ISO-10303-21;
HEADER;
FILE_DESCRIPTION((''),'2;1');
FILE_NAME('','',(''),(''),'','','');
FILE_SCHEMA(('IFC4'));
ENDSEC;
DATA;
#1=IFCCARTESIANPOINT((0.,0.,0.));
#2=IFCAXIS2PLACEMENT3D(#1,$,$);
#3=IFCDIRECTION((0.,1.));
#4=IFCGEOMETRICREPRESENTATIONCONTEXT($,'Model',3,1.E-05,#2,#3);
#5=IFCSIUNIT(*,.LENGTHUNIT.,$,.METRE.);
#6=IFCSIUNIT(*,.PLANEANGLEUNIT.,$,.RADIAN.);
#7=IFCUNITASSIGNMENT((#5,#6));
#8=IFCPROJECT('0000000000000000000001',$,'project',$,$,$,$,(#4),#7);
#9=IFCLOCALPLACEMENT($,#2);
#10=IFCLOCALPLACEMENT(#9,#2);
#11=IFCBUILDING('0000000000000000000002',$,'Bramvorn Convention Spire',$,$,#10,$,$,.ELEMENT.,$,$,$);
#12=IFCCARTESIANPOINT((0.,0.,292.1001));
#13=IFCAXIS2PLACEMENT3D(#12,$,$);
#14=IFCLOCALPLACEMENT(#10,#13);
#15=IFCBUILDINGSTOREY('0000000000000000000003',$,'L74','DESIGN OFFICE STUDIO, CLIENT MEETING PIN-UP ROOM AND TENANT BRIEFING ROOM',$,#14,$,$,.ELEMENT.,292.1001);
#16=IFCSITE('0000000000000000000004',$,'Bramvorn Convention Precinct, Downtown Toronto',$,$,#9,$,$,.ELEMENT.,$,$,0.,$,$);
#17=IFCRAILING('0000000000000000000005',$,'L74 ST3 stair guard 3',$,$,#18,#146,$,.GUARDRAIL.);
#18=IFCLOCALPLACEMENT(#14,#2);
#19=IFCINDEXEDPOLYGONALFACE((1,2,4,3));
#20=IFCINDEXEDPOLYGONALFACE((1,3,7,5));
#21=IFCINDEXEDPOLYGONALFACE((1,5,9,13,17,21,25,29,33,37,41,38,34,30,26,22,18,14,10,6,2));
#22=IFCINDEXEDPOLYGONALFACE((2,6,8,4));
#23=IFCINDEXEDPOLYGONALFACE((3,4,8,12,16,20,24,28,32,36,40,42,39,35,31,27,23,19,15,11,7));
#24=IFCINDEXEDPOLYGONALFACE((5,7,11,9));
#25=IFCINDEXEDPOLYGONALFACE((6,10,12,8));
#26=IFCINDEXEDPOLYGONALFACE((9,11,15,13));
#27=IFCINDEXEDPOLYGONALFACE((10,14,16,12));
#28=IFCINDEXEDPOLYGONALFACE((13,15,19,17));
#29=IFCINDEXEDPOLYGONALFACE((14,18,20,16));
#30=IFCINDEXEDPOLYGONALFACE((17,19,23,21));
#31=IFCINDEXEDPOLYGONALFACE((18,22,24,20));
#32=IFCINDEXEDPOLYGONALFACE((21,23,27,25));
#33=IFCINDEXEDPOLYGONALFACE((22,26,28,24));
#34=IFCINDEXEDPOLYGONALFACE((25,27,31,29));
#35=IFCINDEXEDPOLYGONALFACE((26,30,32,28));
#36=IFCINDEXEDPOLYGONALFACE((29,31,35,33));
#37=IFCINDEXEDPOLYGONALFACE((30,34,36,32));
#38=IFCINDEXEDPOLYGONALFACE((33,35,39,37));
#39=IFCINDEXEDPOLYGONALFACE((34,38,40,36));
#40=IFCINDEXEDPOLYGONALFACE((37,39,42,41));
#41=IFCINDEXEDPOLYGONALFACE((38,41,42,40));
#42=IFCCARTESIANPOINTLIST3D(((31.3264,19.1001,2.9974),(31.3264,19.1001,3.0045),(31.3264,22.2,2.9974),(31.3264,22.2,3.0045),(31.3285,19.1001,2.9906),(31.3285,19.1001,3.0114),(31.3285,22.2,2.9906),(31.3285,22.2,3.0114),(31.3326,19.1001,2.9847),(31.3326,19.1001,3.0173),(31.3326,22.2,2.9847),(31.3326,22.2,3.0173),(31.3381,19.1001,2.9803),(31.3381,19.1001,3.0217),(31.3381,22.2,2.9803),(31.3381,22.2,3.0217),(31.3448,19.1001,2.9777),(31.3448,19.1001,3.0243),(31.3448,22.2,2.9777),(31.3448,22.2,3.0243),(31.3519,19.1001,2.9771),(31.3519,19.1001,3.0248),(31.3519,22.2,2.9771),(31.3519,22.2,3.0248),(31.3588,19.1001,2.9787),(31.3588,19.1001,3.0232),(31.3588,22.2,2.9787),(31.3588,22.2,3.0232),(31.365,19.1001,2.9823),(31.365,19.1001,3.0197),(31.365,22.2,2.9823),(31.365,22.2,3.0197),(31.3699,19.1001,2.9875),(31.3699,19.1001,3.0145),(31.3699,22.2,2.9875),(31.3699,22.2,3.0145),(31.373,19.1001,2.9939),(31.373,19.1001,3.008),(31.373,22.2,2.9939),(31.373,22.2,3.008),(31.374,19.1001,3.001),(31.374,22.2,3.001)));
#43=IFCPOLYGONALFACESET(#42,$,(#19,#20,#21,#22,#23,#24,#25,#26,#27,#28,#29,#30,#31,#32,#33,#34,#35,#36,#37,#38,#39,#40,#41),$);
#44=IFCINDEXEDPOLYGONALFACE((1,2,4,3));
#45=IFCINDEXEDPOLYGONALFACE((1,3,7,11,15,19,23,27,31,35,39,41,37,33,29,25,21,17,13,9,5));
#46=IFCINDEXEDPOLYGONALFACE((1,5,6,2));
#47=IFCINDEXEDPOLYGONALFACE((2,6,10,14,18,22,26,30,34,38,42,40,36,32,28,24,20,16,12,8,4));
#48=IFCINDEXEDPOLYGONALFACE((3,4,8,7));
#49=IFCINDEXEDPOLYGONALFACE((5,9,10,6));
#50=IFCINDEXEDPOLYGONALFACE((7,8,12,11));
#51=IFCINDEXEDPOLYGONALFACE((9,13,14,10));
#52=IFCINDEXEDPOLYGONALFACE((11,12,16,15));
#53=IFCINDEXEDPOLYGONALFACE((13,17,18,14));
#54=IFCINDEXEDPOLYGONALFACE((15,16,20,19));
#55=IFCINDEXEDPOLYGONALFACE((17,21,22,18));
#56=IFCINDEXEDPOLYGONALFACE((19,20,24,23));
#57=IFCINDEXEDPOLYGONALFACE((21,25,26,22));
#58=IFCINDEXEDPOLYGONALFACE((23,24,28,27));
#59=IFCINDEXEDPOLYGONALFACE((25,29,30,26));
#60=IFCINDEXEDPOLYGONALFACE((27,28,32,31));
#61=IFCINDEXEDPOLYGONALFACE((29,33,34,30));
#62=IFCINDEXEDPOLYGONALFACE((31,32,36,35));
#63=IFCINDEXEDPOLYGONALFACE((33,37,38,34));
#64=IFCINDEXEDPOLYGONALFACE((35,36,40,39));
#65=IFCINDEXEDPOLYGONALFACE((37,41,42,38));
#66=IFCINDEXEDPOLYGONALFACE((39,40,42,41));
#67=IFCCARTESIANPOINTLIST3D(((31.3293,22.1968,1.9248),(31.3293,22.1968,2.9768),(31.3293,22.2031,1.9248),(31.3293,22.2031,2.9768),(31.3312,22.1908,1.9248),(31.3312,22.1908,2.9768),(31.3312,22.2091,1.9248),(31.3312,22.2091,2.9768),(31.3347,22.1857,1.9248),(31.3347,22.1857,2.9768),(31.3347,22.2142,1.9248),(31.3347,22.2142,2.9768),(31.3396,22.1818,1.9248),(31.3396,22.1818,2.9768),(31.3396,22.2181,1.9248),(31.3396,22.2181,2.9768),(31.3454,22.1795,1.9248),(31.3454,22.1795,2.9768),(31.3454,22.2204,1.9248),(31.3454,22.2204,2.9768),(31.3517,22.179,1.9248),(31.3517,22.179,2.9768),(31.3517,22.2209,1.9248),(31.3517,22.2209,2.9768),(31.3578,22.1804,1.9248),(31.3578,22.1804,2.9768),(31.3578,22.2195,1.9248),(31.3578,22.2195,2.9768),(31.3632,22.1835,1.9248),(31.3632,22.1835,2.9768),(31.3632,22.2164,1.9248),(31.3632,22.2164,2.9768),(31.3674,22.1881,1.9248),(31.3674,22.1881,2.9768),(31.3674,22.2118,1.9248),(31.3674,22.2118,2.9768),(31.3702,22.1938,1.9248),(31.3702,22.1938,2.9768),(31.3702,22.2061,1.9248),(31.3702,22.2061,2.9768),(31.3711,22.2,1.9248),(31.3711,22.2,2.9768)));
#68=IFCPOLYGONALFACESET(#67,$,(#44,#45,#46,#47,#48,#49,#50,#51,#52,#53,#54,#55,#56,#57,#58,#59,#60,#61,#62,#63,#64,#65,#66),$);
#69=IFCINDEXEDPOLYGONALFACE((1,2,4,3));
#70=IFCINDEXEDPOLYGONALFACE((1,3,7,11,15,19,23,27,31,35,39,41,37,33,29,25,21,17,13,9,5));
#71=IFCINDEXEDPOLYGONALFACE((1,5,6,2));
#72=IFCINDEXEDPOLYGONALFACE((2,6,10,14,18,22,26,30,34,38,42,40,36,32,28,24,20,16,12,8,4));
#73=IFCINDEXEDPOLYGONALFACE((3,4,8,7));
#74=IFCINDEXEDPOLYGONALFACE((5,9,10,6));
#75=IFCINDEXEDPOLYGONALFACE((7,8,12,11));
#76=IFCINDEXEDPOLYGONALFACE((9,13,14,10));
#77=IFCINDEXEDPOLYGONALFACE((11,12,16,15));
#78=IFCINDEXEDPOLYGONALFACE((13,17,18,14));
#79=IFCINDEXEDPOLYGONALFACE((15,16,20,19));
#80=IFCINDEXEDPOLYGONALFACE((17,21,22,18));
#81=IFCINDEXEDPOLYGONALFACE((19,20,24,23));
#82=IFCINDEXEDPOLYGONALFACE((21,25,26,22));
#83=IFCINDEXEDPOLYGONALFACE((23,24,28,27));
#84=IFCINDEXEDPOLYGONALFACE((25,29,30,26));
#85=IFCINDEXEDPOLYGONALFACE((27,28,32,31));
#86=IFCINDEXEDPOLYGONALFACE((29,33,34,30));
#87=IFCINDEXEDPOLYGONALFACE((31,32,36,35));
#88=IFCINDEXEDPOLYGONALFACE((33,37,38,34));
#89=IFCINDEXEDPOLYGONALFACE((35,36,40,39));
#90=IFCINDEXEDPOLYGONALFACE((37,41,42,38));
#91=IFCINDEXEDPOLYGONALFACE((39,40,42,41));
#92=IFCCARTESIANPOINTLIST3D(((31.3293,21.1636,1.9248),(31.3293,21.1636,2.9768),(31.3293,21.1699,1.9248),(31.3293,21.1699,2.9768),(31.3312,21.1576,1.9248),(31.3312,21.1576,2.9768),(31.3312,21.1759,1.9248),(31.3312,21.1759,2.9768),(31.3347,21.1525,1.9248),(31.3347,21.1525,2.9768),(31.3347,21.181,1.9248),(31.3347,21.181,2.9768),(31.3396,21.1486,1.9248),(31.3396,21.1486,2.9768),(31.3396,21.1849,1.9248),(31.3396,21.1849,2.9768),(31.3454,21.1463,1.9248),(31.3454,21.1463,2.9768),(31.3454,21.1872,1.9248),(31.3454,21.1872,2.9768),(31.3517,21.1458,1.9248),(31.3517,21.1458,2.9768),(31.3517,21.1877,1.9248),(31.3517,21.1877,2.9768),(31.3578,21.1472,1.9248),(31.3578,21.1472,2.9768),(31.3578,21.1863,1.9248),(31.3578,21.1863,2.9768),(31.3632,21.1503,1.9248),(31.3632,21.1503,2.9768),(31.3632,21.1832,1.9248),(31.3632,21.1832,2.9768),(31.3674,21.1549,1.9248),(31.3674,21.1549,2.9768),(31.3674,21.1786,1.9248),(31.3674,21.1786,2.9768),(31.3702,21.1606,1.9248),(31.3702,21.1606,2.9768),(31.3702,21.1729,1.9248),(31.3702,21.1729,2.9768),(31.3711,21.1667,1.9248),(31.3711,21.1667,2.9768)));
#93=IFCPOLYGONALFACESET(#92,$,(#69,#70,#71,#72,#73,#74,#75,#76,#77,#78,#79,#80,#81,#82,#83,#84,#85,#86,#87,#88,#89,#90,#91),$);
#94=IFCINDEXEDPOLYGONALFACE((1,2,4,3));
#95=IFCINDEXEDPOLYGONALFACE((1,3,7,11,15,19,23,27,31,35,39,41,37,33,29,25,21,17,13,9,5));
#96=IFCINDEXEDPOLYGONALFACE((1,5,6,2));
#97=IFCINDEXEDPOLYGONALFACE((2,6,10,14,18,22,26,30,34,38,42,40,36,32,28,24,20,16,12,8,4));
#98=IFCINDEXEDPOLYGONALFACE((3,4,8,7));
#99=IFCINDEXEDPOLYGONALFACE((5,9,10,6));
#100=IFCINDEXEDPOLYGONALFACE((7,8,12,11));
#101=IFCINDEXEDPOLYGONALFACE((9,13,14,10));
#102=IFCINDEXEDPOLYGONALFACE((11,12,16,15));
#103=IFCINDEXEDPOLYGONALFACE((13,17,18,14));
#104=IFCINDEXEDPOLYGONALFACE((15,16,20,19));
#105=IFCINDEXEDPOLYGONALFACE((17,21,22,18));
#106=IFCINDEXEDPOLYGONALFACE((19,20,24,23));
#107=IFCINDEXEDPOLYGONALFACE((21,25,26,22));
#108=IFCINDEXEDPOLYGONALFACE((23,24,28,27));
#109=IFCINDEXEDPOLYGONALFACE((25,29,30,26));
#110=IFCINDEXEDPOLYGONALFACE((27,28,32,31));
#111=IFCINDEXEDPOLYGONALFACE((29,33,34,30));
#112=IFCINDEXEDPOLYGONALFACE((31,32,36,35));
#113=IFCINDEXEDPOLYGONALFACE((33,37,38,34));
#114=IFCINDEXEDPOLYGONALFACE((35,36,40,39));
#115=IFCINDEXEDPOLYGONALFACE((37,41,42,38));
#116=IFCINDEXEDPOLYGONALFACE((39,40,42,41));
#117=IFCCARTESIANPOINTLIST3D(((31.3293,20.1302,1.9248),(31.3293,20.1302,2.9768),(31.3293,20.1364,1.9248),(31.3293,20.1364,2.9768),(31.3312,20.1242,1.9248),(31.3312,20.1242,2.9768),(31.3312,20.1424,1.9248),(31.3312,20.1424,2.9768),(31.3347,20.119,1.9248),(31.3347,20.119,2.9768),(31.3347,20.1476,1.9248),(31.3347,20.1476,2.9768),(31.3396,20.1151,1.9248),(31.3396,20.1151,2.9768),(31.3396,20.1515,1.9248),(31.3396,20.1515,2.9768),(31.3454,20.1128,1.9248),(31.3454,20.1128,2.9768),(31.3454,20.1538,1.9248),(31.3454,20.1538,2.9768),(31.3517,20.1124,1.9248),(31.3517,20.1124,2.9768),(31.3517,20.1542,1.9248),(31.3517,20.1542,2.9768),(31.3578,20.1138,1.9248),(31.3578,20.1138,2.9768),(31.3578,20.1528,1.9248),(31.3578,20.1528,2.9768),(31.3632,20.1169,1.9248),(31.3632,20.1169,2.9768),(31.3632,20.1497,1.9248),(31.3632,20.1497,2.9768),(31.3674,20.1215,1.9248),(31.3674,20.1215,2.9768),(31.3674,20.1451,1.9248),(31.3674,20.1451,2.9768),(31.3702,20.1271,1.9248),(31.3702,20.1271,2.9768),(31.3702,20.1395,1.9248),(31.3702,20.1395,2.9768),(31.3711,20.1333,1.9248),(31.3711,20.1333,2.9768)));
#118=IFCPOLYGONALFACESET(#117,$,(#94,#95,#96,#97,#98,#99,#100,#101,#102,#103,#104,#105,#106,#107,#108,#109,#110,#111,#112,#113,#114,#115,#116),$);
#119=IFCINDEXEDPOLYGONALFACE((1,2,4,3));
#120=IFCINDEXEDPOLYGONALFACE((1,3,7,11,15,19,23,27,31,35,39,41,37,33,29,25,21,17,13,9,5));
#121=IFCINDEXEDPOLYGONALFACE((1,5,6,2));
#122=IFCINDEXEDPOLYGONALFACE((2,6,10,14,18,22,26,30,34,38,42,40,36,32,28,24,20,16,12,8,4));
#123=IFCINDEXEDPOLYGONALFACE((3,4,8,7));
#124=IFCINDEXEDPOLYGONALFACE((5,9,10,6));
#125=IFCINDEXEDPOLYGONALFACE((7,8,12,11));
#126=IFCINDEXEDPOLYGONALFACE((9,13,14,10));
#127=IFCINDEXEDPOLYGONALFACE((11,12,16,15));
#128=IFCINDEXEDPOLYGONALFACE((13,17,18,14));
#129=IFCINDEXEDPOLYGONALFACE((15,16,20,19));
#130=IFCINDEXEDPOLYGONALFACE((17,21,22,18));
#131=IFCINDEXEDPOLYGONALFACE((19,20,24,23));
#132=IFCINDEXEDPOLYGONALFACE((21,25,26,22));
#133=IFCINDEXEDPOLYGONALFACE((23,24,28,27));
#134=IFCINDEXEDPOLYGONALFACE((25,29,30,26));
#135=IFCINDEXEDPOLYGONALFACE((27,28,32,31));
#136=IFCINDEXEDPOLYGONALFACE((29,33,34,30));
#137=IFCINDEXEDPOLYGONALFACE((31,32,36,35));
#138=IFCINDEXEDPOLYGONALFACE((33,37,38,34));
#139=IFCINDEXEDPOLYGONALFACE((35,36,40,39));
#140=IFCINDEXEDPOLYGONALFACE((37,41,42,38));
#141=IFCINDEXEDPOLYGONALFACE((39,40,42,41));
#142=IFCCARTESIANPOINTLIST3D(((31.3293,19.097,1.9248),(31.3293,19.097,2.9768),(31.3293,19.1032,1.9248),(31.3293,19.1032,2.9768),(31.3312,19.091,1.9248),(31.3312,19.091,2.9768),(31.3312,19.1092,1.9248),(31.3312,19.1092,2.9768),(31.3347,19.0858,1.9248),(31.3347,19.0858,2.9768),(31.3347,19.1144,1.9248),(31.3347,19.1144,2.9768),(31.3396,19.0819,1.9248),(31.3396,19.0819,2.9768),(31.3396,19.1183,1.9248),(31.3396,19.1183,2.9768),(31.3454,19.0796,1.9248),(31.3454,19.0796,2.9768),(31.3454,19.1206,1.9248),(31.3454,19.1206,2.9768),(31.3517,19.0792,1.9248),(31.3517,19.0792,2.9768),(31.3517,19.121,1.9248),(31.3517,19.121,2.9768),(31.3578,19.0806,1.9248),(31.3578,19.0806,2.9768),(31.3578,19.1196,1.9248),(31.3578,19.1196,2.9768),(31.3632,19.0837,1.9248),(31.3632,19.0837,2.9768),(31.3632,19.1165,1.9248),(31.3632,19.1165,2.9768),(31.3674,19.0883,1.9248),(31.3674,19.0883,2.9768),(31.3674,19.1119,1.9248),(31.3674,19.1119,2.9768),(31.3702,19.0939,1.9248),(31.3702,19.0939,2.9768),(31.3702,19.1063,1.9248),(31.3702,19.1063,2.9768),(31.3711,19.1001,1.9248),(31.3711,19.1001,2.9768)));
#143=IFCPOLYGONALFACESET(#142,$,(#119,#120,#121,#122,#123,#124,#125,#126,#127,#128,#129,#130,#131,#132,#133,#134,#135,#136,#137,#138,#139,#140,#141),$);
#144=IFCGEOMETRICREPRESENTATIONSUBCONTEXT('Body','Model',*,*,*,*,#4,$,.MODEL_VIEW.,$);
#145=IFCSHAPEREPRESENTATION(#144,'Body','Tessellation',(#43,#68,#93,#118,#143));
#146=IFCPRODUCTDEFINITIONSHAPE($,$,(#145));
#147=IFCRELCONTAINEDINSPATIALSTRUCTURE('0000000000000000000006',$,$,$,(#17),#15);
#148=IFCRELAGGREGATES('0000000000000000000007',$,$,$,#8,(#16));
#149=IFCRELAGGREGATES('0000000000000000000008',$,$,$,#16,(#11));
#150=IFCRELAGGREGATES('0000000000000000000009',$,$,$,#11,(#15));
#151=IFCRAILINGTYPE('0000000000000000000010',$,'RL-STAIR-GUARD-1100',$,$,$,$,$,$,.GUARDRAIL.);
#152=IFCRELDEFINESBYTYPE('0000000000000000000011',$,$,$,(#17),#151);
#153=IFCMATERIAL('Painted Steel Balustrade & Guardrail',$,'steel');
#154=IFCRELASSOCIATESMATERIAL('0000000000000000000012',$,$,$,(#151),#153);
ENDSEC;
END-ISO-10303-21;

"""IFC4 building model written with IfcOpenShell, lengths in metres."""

from ifc_helpers import new_model, si_unit, direction, frame, origin, origin_2d, place, context, subcontext, project, spatial, circle, extrude, material, type_object, element, save


model = new_model("IFC4")

# Units and contexts
model_context = context("Model", 3, precision=1e-05, world=origin(), true_north=direction((0.0, 1.0)))
body_context = subcontext(model_context, "Body", "Model", "MODEL_VIEW")
ifc_project = project(units=[si_unit("LENGTHUNIT", "METRE"), si_unit("PLANEANGLEUNIT", "RADIAN")], contexts=[model_context])

# Site, building, storey
site_placement = place(None, origin())
site = spatial("IfcSite", under=ifc_project, at=site_placement, Name="Bramvorn Convention Precinct, Downtown Toronto", CompositionType="ELEMENT", RefElevation=0.0)
building_placement = place(site_placement, origin())
building = spatial("IfcBuilding", under=site, at=building_placement, Name="Bramvorn Convention Spire", CompositionType="ELEMENT")
storey_placement = place(building_placement, frame((0.0, 0.0, 292.1001)))
storey = spatial("IfcBuildingStorey", under=building, at=storey_placement, Name="L74", Description="DESIGN OFFICE STUDIO, CLIENT MEETING PIN-UP ROOM AND TENANT BRIEFING ROOM", CompositionType="ELEMENT", Elevation=292.1001)

# Railing
ifc_material_1 = material(Name="Painted Steel Balustrade & Guardrail", Category="steel")
railing_type_1 = type_object("IfcRailingType", Name="RL-STAIR-GUARD-1100", PredefinedType="GUARDRAIL", material=ifc_material_1)
for number, where, name in (
    (1, (31.3501, 22.2, 1.9248), "L74 ST3 stair guard 3"),
):
    element("IfcRailing", number, at=place(storey_placement, frame(where)), inside=storey, type_object=railing_type_1, Name=name, PredefinedType="GUARDRAIL", context=body_context, shape_type="SweptSolid", body=[
        extrude(circle(Radius=0.0239, at=origin_2d()), frame((0.0, 0.0, 1.0762), z_axis=(0.0, -1.0, 0.0), x_axis=(1.0, 0.0, 0.0)), (0.0, 0.0, 1.0), 3.0999),
        extrude(circle(Radius=0.021, at=origin_2d()), origin(), (0.0, 0.0, 1.0), 1.052),
        extrude(circle(Radius=0.021, at=origin_2d()), frame((0.0, -1.0332, 0.0)), (0.0, 0.0, 1.0), 1.052),
        extrude(circle(Radius=0.021, at=origin_2d()), frame((0.0, -2.0667, 0.0)), (0.0, 0.0, 1.0), 1.052),
        extrude(circle(Radius=0.021, at=origin_2d()), frame((0.0, -3.0999, 0.0)), (0.0, 0.0, 1.0), 1.052),
    ])

save(model, "model.ifc")
